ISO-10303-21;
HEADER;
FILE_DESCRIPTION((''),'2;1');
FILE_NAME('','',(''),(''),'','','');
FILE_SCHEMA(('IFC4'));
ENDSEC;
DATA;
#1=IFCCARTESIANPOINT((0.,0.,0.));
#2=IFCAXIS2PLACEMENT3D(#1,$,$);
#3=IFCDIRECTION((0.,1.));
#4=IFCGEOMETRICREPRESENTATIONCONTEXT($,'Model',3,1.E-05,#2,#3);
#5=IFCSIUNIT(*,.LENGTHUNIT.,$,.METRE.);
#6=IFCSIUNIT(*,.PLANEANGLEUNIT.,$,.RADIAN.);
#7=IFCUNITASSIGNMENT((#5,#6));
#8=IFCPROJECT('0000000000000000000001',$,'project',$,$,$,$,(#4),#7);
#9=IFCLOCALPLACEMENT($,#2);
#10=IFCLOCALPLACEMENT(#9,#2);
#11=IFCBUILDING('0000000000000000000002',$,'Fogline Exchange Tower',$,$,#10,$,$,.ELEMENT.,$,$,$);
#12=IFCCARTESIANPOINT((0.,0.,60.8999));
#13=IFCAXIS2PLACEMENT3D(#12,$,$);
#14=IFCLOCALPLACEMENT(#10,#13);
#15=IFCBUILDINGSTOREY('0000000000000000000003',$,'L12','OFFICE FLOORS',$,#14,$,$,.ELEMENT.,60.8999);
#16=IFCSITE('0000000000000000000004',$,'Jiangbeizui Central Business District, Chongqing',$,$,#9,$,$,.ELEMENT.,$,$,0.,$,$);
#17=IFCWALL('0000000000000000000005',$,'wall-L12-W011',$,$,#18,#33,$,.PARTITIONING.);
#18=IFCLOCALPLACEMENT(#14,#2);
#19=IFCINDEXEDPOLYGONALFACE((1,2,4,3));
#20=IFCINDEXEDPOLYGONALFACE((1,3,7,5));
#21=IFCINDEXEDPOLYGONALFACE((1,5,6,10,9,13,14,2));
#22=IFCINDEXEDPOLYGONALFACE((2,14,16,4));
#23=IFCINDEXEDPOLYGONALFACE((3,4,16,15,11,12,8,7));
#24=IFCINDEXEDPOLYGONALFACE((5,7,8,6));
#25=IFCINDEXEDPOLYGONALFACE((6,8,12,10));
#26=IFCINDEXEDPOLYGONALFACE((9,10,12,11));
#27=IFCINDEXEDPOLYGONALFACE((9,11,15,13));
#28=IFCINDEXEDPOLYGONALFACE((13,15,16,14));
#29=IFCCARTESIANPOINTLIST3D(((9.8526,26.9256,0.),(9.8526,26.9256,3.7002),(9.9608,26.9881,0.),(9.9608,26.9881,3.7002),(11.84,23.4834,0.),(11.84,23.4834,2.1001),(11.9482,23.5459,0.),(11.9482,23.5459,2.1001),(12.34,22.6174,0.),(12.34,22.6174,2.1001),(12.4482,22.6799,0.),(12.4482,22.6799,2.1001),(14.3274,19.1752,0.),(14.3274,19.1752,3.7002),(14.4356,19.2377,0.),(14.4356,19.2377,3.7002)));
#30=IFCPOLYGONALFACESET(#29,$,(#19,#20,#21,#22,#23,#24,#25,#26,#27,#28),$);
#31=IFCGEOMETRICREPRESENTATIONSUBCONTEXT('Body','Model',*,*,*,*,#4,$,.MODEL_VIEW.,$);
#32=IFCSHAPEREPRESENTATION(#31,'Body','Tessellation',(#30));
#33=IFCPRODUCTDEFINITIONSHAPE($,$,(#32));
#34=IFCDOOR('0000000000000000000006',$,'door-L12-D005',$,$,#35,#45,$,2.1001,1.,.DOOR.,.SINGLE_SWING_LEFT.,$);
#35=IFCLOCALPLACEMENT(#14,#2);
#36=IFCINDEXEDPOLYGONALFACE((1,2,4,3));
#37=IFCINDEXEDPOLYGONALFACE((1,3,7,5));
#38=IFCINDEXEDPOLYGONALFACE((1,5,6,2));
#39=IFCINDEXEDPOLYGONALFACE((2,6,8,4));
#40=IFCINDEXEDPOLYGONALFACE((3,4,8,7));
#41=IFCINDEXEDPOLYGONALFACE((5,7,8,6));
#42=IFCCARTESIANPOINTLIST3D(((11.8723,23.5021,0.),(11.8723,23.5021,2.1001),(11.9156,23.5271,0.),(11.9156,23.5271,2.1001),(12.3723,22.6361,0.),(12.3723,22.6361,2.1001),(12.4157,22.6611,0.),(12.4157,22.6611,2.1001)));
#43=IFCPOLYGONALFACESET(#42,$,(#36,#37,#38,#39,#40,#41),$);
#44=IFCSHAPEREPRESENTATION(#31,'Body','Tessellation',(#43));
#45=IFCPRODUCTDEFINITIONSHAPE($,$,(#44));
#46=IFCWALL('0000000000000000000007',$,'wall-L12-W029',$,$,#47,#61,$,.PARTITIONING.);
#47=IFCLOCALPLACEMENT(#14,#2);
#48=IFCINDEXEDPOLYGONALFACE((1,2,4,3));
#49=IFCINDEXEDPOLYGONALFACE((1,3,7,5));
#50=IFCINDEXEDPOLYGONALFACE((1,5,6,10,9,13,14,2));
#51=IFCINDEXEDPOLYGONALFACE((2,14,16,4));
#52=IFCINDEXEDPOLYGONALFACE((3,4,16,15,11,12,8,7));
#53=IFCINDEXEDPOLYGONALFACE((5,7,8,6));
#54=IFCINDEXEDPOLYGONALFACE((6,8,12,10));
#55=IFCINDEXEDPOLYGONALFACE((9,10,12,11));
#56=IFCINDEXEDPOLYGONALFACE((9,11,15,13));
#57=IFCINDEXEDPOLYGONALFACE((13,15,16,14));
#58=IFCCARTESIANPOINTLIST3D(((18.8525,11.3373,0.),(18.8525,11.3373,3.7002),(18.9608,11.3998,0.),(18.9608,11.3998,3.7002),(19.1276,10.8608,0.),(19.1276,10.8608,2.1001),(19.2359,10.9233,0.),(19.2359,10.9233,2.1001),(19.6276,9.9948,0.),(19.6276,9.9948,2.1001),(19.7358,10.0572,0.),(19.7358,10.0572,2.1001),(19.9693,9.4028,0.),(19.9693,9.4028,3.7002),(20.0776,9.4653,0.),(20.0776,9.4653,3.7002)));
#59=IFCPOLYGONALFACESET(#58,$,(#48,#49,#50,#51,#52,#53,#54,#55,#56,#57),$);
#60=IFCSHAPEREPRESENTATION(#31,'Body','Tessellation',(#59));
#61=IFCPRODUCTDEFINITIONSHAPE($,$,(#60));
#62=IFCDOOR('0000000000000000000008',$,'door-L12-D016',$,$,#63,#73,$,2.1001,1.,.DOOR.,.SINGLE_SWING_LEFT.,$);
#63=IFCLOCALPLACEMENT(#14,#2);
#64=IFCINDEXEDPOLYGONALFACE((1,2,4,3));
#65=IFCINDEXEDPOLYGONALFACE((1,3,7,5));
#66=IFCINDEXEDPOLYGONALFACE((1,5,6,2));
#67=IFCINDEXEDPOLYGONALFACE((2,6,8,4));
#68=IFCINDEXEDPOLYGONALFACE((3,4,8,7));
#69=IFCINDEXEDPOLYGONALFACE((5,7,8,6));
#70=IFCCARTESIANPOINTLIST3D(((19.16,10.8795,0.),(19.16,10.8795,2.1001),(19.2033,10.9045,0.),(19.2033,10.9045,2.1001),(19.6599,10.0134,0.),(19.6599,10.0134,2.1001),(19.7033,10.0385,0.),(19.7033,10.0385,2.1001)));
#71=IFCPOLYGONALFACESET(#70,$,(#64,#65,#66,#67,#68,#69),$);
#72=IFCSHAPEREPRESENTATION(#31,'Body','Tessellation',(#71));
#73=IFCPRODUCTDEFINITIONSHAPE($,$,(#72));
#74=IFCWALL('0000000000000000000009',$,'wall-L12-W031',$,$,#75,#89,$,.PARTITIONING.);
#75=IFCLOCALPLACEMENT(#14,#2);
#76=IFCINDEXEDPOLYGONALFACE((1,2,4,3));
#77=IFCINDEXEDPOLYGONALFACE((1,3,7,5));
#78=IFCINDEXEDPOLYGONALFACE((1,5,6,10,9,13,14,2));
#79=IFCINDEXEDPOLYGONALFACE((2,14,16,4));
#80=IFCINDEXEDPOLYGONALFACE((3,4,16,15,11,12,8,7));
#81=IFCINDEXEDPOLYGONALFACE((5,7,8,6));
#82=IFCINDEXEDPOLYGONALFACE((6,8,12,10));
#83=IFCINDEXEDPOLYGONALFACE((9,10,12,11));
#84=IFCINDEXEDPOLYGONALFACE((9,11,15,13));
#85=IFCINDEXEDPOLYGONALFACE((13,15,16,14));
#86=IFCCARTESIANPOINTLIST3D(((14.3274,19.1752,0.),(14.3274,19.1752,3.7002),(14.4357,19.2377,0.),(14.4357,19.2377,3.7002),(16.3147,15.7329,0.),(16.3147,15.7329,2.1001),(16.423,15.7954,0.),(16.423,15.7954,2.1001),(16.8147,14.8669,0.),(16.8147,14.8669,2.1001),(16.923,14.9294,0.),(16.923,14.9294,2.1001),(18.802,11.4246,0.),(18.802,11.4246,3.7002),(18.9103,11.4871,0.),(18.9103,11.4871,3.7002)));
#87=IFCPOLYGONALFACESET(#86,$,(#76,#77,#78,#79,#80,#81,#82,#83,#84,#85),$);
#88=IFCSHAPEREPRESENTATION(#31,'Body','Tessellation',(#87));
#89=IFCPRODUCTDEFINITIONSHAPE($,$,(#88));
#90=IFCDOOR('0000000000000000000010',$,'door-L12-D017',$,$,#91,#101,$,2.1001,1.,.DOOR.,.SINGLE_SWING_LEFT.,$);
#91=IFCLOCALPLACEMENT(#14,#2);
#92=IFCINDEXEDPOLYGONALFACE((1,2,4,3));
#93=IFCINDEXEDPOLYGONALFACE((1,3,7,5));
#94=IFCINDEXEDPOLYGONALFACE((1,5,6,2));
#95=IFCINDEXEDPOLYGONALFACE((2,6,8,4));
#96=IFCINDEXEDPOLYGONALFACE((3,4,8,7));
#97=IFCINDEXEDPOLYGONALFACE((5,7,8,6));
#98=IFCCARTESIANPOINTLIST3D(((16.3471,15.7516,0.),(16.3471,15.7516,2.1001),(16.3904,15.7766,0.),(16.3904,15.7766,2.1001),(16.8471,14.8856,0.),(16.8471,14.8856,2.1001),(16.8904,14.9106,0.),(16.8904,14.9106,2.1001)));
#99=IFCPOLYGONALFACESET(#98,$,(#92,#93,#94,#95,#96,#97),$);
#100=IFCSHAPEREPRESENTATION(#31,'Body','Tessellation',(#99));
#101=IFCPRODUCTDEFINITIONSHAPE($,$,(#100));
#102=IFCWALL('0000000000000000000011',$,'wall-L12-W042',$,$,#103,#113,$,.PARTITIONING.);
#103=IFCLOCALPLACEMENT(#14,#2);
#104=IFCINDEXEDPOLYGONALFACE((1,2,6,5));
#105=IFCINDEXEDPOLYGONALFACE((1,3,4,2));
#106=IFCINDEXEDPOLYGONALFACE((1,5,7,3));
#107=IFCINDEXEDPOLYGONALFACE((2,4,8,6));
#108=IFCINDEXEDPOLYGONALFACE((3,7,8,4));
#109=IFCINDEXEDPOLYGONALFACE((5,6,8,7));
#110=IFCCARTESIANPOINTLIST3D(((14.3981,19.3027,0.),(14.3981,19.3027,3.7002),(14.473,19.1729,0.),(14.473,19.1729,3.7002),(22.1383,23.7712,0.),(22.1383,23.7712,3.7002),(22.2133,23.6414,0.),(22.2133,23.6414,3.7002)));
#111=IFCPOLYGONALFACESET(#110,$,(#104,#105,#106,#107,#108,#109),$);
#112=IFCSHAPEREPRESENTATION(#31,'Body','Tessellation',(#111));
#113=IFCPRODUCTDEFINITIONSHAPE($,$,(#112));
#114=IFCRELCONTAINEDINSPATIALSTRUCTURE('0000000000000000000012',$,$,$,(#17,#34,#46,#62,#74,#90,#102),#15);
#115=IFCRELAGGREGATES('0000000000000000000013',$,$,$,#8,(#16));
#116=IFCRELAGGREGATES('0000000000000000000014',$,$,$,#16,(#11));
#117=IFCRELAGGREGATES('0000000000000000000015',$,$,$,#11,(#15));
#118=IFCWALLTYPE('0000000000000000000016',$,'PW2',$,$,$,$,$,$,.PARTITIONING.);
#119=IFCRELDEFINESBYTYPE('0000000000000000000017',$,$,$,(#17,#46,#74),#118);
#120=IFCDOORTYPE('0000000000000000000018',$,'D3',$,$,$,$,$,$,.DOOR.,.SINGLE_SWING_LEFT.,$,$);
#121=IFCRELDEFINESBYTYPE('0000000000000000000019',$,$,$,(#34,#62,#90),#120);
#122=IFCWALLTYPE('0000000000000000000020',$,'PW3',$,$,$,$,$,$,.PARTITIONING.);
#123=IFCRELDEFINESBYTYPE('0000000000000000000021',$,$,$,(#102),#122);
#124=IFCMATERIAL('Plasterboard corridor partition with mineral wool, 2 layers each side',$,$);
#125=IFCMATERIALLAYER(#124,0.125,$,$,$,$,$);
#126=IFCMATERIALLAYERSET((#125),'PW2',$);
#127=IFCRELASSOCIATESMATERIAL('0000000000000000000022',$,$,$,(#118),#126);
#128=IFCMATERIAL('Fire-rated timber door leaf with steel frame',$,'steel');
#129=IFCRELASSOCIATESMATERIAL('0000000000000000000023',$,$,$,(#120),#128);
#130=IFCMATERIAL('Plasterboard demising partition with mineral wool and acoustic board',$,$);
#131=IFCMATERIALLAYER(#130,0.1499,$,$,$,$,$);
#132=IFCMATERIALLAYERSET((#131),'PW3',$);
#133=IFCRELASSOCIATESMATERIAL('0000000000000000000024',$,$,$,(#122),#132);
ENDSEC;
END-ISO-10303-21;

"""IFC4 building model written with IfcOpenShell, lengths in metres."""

from ifc_helpers import new_model, si_unit, direction, frame, frame_2d, origin, place, context, subcontext, project, spatial, rectangle, extrude, material, layer, layer_set, type_object, element, fill, save


model = new_model("IFC4")

# Units and contexts
model_context = context("Model", 3, precision=1e-05, world=origin(), true_north=direction((0.0, 1.0)))
body_context = subcontext(model_context, "Body", "Model", "MODEL_VIEW")
ifc_project = project(units=[si_unit("LENGTHUNIT", "METRE"), si_unit("PLANEANGLEUNIT", "RADIAN")], contexts=[model_context])

# Site, building, storey
site_placement = place(None, origin())
site = spatial("IfcSite", under=ifc_project, at=site_placement, Name="Jiangbeizui Central Business District, Chongqing", CompositionType="ELEMENT", RefElevation=0.0)
building_placement = place(site_placement, origin())
building = spatial("IfcBuilding", under=site, at=building_placement, Name="Fogline Exchange Tower", CompositionType="ELEMENT")
storey_placement = place(building_placement, frame((0.0, 0.0, 60.8999)))
storey = spatial("IfcBuildingStorey", under=building, at=storey_placement, Name="L12", Description="OFFICE FLOORS", CompositionType="ELEMENT", Elevation=60.8999)

# Shared definitions
ifc_material_1 = material(Name="Plasterboard corridor partition with mineral wool, 2 layers each side")
ifc_layer_1 = layer(ifc_material_1, 0.125)
ifc_layer_set_1 = layer_set([ifc_layer_1], Name="PW2")
wall_type_1 = type_object("IfcWallType", Name="PW2", PredefinedType="PARTITIONING", material=ifc_layer_set_1)

# Walls, openings, doors
wall_1_placement = place(storey_placement, frame((9.9067, 26.9568, 0.0), z_axis=(0.0, 0.0, 1.0), x_axis=(0.500009, -0.86602, 0.0)))
wall_1 = element("IfcWall", 1, at=wall_1_placement, inside=storey, type_object=wall_type_1, Name="wall-L12-W011", PredefinedType="PARTITIONING", context=body_context, shape_type="SweptSolid", body=[
    extrude(rectangle(XDim=8.9495, YDim=0.125, at=frame_2d((4.4746, 0.0))), origin(), (0.0, 0.0, 1.0), 3.7002),
])
opening_1_placement = place(wall_1_placement, frame((3.9746, 0.0, 0.0)))
opening_1 = element("IfcOpeningElement", 2, at=opening_1_placement, cuts=wall_1, PredefinedType="OPENING", context=body_context, shape_type="SweptSolid", body=[
    extrude(rectangle(XDim=1.0, YDim=2.1001, at=frame_2d((0.5, 1.05))), frame((0.0, 0.0725, 0.0), z_axis=(0.0, -1.0, 0.0), x_axis=(1.0, 0.0, 0.0)), (0.0, 0.0, 1.0), 0.145),
])
ifc_material_2 = material(Name="Fire-rated timber door leaf with steel frame", Category="steel")
door_type_1 = type_object("IfcDoorType", Name="D3", OperationType="SINGLE_SWING_LEFT", PredefinedType="DOOR", material=ifc_material_2)
door_1_placement = place(opening_1_placement, origin())
door_1 = element("IfcDoor", 3, at=door_1_placement, inside=storey, type_object=door_type_1, Name="door-L12-D005", OperationType="SINGLE_SWING_LEFT", OverallHeight=2.1001, OverallWidth=1.0, PredefinedType="DOOR", context=body_context, shape_type="SweptSolid", body=[
    extrude(rectangle(XDim=1.0, YDim=2.1001, at=frame_2d((0.5, 1.05))), frame((0.0, 0.0249, 0.0), z_axis=(0.0, -1.0, 0.0), x_axis=(1.0, 0.0, 0.0)), (0.0, 0.0, 1.0), 0.05),
])
fill(opening_1, door_1)
wall_2_placement = place(storey_placement, frame((18.9067, 11.3684, 0.0), z_axis=(0.0, 0.0, 1.0), x_axis=(0.499972, -0.866042, 0.0)))
wall_2 = element("IfcWall", 4, at=wall_2_placement, inside=storey, type_object=wall_type_1, Name="wall-L12-W029", PredefinedType="PARTITIONING", context=body_context, shape_type="SweptSolid", body=[
    extrude(rectangle(XDim=2.2336, YDim=0.125, at=frame_2d((1.1167, 0.0))), origin(), (0.0, 0.0, 1.0), 3.7002),
])
opening_2_placement = place(wall_2_placement, frame((0.55, 0.0, 0.0)))
opening_2 = element("IfcOpeningElement", 5, at=opening_2_placement, cuts=wall_2, PredefinedType="OPENING", context=body_context, shape_type="SweptSolid", body=[
    extrude(rectangle(XDim=1.0, YDim=2.1001, at=frame_2d((0.5, 1.05))), frame((0.0, 0.0725, 0.0), z_axis=(0.0, -1.0, 0.0), x_axis=(1.0, 0.0, 0.0)), (0.0, 0.0, 1.0), 0.145),
])
door_2_placement = place(opening_2_placement, origin())
door_2 = element("IfcDoor", 6, at=door_2_placement, inside=storey, type_object=door_type_1, Name="door-L12-D016", OperationType="SINGLE_SWING_LEFT", OverallHeight=2.1001, OverallWidth=1.0, PredefinedType="DOOR", context=body_context, shape_type="SweptSolid", body=[
    extrude(rectangle(XDim=1.0, YDim=2.1001, at=frame_2d((0.5, 1.05))), frame((0.0, 0.0249, 0.0), z_axis=(0.0, -1.0, 0.0), x_axis=(1.0, 0.0, 0.0)), (0.0, 0.0, 1.0), 0.05),
])
fill(opening_2, door_2)
wall_3_placement = place(storey_placement, frame((14.3816, 19.2063, 0.0), z_axis=(0.0, 0.0, 1.0), x_axis=(0.499989, -0.866032, 0.0)))
wall_3 = element("IfcWall", 7, at=wall_3_placement, inside=storey, type_object=wall_type_1, Name="wall-L12-W031", PredefinedType="PARTITIONING", context=body_context, shape_type="SweptSolid", body=[
    extrude(rectangle(XDim=8.9495, YDim=0.125, at=frame_2d((4.4746, 0.0))), origin(), (0.0, 0.0, 1.0), 3.7002),
])
opening_3_placement = place(wall_3_placement, frame((3.9746, 0.0, 0.0)))
opening_3 = element("IfcOpeningElement", 8, at=opening_3_placement, cuts=wall_3, PredefinedType="OPENING", context=body_context, shape_type="SweptSolid", body=[
    extrude(rectangle(XDim=1.0, YDim=2.1001, at=frame_2d((0.5, 1.05))), frame((0.0, 0.0725, 0.0), z_axis=(0.0, -1.0, 0.0), x_axis=(1.0, 0.0, 0.0)), (0.0, 0.0, 1.0), 0.145),
])
door_3_placement = place(opening_3_placement, origin())
door_3 = element("IfcDoor", 9, at=door_3_placement, inside=storey, type_object=door_type_1, Name="door-L12-D017", OperationType="SINGLE_SWING_LEFT", OverallHeight=2.1001, OverallWidth=1.0, PredefinedType="DOOR", context=body_context, shape_type="SweptSolid", body=[
    extrude(rectangle(XDim=1.0, YDim=2.1001, at=frame_2d((0.5, 1.05))), frame((0.0, 0.0249, 0.0), z_axis=(0.0, -1.0, 0.0), x_axis=(1.0, 0.0, 0.0)), (0.0, 0.0, 1.0), 0.05),
])
fill(opening_3, door_3)

# Wall
ifc_material_3 = material(Name="Plasterboard demising partition with mineral wool and acoustic board")
ifc_layer_2 = layer(ifc_material_3, 0.1499)
ifc_layer_set_2 = layer_set([ifc_layer_2], Name="PW3")
wall_type_2 = type_object("IfcWallType", Name="PW3", PredefinedType="PARTITIONING", material=ifc_layer_set_2)
wall_4_placement = place(storey_placement, frame((22.1758, 23.7063, 0.0), z_axis=(0.0, 0.0, 1.0), x_axis=(-0.866041, -0.499973, 0.0)))
element("IfcWall", 10, at=wall_4_placement, inside=storey, type_object=wall_type_2, Name="wall-L12-W042", PredefinedType="PARTITIONING", context=body_context, shape_type="SweptSolid", body=[
    extrude(rectangle(XDim=8.9375, YDim=0.1499, at=frame_2d((4.4688, 0.0))), origin(), (0.0, 0.0, 1.0), 3.7002),
])

save(model, "model.ifc")
